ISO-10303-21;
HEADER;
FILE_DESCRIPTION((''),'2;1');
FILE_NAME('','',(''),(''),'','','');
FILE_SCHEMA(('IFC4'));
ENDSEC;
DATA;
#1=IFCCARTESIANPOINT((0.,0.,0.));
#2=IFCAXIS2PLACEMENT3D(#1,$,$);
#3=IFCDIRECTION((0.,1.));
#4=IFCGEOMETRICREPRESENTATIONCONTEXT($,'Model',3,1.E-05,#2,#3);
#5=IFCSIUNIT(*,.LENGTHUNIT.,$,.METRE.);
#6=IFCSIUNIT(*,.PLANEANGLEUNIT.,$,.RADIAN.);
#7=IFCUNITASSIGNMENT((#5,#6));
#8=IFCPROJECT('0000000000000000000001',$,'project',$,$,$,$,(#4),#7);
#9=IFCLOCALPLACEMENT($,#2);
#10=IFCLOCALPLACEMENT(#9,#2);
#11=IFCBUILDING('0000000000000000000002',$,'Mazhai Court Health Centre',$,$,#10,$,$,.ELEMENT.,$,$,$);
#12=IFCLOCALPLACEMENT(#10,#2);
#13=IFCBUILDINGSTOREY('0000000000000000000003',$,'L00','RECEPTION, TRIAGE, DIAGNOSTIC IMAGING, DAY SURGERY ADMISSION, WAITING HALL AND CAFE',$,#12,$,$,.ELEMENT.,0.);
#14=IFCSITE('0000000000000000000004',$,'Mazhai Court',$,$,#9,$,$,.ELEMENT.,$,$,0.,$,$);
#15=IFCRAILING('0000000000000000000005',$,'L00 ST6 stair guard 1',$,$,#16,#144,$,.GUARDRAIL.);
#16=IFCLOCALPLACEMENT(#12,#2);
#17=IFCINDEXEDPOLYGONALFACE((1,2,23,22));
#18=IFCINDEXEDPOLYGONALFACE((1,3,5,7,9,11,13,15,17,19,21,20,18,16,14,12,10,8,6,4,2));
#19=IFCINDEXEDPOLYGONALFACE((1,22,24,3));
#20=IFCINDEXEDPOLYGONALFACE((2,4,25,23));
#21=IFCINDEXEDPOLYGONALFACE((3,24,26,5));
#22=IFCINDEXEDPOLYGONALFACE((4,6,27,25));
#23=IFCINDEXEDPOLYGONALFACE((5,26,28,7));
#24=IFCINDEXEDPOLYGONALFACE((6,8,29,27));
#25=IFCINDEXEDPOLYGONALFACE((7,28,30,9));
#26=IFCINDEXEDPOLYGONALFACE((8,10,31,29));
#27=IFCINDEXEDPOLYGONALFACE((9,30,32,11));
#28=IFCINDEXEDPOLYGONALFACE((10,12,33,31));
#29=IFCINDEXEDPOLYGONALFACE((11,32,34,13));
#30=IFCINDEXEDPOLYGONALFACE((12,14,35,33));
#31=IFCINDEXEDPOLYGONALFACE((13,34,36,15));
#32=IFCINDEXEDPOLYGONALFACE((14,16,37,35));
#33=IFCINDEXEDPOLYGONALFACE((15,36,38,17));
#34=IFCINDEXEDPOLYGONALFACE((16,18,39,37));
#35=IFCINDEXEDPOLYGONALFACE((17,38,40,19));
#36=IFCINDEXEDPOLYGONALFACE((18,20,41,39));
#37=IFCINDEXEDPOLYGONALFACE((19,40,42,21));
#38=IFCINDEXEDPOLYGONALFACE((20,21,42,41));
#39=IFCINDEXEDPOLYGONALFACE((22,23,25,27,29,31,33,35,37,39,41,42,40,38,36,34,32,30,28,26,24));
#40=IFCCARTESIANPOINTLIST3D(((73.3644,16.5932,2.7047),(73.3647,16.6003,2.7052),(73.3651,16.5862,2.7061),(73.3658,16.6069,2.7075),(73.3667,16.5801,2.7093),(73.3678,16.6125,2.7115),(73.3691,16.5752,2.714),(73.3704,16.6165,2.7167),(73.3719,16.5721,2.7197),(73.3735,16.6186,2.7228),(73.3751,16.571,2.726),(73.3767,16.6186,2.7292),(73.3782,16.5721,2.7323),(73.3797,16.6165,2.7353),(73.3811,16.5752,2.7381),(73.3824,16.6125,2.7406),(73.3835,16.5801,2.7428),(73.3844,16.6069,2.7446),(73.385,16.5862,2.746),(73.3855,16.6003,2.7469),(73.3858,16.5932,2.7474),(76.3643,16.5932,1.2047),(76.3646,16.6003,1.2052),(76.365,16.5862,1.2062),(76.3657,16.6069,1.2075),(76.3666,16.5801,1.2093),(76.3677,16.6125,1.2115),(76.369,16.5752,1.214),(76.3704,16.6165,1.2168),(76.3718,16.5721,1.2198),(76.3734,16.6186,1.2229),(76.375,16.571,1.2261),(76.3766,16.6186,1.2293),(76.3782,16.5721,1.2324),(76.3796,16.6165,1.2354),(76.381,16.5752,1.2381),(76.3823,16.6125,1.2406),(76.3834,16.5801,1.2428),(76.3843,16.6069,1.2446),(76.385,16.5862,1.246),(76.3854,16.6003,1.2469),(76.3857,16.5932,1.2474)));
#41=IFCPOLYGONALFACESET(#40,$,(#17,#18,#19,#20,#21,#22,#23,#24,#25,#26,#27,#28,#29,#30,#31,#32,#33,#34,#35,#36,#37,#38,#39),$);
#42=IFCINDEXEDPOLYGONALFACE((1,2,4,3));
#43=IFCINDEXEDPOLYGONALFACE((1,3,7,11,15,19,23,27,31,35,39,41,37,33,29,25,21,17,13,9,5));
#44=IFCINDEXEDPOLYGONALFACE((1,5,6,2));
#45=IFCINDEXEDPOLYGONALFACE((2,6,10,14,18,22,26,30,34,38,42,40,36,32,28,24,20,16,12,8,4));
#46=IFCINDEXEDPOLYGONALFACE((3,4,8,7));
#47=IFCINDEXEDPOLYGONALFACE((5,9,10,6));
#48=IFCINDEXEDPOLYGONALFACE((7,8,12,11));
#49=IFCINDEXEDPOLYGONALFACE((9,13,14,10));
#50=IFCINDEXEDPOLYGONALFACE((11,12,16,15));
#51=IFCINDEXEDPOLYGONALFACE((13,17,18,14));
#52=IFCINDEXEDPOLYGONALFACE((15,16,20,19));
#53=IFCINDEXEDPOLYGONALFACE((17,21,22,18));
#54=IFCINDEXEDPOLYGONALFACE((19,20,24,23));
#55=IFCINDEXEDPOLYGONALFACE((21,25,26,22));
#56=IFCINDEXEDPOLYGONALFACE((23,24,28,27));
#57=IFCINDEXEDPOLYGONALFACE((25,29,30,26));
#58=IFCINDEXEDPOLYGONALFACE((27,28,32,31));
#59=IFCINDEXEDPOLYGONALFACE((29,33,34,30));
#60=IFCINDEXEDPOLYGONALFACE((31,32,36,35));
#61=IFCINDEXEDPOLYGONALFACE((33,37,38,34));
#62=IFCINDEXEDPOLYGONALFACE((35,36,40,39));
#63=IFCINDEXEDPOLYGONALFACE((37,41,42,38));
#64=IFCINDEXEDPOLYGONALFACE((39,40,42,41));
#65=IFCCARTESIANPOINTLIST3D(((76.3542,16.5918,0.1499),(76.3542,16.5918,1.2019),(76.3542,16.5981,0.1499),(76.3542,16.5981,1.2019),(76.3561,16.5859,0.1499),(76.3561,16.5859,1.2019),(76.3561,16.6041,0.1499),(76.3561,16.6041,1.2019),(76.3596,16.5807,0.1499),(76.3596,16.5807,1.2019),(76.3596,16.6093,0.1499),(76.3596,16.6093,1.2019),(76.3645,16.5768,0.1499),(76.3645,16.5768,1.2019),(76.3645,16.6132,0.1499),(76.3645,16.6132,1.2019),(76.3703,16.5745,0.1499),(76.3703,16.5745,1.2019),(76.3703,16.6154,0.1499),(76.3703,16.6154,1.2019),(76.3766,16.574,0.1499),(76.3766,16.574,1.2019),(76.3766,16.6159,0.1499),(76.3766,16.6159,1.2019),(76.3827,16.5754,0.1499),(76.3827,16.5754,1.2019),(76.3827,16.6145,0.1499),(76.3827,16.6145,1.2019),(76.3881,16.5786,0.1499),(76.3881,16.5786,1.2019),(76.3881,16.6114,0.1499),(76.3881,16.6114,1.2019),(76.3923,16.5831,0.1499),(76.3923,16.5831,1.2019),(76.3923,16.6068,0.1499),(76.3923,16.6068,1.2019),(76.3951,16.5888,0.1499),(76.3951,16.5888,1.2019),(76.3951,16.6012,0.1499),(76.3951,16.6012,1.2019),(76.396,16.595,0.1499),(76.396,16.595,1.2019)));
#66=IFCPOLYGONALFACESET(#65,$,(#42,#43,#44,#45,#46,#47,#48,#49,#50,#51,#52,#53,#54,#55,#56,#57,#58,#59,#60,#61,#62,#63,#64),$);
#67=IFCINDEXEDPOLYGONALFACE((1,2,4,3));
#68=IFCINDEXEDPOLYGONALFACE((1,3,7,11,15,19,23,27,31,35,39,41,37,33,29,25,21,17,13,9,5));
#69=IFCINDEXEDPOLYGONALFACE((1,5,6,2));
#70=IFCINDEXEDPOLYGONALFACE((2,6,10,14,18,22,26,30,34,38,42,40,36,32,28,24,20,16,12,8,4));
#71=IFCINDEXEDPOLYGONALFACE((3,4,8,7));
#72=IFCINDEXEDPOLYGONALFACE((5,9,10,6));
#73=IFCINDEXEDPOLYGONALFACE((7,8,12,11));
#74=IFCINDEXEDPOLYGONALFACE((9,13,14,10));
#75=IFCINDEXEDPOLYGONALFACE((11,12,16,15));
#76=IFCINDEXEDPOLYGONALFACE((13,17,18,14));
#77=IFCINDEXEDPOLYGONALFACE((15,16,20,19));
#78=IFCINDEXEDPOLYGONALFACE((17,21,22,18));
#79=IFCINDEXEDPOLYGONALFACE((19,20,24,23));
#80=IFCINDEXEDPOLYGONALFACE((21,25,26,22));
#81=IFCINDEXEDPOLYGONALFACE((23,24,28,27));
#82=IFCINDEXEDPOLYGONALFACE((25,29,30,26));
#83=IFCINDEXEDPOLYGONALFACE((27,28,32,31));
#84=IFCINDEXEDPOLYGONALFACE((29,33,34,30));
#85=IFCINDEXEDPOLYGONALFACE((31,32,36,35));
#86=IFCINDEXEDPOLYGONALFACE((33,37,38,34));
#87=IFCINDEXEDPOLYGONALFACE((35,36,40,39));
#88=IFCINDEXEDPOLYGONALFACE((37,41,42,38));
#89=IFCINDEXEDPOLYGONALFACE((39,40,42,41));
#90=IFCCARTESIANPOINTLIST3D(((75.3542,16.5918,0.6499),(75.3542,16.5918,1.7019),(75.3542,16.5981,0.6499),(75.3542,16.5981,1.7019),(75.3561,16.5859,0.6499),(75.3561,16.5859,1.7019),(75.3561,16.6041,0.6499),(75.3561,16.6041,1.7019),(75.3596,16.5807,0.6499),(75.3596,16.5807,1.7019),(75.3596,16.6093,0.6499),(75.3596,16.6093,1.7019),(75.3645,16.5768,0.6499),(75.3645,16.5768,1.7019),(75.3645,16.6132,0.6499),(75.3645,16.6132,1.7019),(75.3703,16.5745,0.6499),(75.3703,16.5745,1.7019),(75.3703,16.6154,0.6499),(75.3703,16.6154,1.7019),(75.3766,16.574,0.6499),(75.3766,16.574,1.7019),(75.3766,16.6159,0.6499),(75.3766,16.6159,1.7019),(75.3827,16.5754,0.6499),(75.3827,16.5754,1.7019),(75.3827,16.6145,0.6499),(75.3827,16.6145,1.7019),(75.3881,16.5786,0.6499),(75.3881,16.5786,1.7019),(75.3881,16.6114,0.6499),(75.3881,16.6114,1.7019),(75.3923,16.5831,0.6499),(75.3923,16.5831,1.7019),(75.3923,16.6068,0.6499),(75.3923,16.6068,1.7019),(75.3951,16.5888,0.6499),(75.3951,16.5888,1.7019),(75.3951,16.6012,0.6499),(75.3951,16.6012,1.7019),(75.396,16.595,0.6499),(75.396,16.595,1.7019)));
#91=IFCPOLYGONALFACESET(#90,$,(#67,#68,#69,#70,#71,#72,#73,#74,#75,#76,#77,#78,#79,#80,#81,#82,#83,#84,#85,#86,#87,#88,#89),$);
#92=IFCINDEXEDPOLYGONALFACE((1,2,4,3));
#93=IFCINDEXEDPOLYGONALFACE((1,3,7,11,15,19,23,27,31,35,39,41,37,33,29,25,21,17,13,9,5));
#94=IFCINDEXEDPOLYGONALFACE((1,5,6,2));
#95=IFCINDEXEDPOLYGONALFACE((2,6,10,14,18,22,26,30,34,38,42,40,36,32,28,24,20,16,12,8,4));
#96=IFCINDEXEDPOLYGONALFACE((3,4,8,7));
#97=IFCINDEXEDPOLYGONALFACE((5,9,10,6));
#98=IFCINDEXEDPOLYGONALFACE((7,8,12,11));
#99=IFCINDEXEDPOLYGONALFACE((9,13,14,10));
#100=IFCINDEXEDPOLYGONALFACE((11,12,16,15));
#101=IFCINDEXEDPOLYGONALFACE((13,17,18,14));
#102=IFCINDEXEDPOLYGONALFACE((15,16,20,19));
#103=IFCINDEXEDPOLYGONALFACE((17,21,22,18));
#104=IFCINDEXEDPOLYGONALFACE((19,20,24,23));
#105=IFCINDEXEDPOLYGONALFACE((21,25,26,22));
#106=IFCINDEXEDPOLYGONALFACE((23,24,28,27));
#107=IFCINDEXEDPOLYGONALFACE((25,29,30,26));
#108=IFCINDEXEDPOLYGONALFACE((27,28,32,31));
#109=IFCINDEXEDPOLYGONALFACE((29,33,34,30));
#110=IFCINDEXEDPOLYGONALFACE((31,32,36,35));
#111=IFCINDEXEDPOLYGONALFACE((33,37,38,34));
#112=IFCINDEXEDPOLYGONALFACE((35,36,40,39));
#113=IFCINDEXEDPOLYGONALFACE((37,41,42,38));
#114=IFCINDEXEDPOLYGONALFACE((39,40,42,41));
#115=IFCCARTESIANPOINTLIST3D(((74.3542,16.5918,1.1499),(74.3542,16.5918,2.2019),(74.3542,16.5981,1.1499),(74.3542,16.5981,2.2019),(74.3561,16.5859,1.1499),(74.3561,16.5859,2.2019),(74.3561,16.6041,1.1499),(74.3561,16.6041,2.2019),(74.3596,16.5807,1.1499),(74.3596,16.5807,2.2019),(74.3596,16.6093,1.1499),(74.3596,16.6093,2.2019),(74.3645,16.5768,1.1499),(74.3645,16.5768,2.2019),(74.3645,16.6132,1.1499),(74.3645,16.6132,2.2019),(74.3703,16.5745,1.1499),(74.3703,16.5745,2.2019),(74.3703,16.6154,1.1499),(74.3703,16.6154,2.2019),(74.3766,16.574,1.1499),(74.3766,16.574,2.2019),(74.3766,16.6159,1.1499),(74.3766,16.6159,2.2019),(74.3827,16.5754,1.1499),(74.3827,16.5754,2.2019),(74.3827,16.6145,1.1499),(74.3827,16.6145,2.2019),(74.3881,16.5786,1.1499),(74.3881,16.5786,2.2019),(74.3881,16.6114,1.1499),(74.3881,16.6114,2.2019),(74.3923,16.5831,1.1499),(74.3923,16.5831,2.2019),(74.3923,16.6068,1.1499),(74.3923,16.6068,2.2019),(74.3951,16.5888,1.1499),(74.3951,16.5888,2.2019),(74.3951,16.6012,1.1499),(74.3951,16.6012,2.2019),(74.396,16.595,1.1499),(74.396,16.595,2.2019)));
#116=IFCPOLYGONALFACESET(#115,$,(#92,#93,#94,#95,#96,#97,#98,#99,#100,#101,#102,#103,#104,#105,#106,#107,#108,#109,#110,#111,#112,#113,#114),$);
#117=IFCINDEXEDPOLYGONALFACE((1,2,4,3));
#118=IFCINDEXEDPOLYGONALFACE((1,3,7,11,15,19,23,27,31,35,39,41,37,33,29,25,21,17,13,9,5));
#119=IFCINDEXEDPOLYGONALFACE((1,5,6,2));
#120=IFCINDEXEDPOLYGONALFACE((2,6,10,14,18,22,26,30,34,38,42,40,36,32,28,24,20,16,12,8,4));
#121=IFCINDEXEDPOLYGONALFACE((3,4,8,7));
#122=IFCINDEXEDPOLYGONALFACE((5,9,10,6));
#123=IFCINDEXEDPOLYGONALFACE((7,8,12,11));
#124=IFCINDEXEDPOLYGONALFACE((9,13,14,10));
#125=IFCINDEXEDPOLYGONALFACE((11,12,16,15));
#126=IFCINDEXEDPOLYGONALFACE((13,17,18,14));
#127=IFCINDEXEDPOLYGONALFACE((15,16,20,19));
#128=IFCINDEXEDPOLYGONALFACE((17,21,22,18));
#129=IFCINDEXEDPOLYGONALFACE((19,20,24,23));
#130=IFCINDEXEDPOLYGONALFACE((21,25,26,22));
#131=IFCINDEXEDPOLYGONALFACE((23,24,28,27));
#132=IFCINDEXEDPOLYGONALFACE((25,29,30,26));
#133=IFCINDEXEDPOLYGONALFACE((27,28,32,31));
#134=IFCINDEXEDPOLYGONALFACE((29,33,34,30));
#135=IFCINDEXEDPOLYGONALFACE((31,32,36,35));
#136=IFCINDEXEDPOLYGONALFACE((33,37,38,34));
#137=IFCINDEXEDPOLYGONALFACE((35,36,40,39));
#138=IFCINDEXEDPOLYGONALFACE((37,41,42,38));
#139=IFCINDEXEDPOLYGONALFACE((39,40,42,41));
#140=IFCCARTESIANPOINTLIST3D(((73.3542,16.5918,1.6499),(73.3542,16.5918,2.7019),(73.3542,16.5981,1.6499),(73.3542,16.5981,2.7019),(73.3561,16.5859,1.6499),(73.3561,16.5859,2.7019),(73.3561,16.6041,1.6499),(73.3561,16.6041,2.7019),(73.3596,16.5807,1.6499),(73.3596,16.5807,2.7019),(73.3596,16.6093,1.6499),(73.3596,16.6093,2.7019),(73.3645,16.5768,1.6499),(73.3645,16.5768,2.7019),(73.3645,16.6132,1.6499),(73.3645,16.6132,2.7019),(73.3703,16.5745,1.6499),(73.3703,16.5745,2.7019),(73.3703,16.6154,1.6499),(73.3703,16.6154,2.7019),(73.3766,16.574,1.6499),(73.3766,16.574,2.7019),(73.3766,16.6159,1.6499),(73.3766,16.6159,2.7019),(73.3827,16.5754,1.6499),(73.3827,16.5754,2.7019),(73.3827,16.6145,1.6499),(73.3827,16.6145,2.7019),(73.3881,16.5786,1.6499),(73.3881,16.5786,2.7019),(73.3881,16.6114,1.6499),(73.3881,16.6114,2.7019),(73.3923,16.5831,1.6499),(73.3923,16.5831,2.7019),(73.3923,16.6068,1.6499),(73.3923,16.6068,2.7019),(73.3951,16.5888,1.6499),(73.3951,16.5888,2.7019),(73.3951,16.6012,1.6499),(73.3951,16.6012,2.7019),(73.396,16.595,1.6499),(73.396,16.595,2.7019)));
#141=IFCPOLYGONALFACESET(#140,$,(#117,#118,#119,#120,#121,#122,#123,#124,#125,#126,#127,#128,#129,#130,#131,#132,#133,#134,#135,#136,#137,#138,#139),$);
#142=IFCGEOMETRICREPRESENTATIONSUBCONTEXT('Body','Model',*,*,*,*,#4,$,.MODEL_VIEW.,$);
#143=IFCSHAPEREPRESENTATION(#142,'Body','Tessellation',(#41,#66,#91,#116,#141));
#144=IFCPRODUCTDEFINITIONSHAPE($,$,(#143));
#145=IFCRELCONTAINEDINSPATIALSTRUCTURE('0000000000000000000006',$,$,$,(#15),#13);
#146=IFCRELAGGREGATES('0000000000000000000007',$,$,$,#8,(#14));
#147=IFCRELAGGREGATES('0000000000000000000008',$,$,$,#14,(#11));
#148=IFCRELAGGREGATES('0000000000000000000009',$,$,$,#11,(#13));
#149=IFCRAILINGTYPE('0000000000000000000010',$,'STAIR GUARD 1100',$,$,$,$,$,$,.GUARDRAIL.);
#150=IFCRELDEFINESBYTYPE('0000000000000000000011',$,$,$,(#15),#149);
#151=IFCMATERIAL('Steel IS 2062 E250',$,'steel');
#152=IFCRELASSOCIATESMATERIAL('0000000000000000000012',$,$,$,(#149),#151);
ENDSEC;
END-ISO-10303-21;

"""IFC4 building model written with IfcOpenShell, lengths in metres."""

from ifc_helpers import new_model, si_unit, direction, frame, origin, origin_2d, place, context, subcontext, project, spatial, circle, extrude, material, type_object, element, save


model = new_model("IFC4")

# Units and contexts
model_context = context("Model", 3, precision=1e-05, world=origin(), true_north=direction((0.0, 1.0)))
body_context = subcontext(model_context, "Body", "Model", "MODEL_VIEW")
ifc_project = project(units=[si_unit("LENGTHUNIT", "METRE"), si_unit("PLANEANGLEUNIT", "RADIAN")], contexts=[model_context])

# Site, building, storey
site_placement = place(None, origin())
site = spatial("IfcSite", under=ifc_project, at=site_placement, Name="Mazhai Court", CompositionType="ELEMENT", RefElevation=0.0)
building_placement = place(site_placement, origin())
building = spatial("IfcBuilding", under=site, at=building_placement, Name="Mazhai Court Health Centre", CompositionType="ELEMENT")
storey_placement = place(building_placement, origin())
storey = spatial("IfcBuildingStorey", under=building, at=storey_placement, Name="L00", Description="RECEPTION, TRIAGE, DIAGNOSTIC IMAGING, DAY SURGERY ADMISSION, WAITING HALL AND CAFE", CompositionType="ELEMENT", Elevation=0.0)

# Railing
ifc_material_1 = material(Name="Steel IS 2062 E250", Category="steel")
railing_type_1 = type_object("IfcRailingType", Name="STAIR GUARD 1100", PredefinedType="GUARDRAIL", material=ifc_material_1)
railing_1_placement = place(storey_placement, frame((76.375, 16.595, 0.1499)))
element("IfcRailing", 1, at=railing_1_placement, inside=storey, type_object=railing_type_1, Name="L00 ST6 stair guard 1", PredefinedType="GUARDRAIL", context=body_context, shape_type="SweptSolid", body=[
    extrude(circle(Radius=0.0239, at=origin_2d()), frame((0.0, 0.0, 1.0762), z_axis=(-0.894427, 0.0, 0.447214), x_axis=(0.0, -1.0, 0.0)), (0.0, 0.0, 1.0), 3.354),
    extrude(circle(Radius=0.021, at=origin_2d()), origin(), (0.0, 0.0, 1.0), 1.052),
    extrude(circle(Radius=0.021, at=origin_2d()), frame((-1.0, 0.0, 0.5)), (0.0, 0.0, 1.0), 1.052),
    extrude(circle(Radius=0.021, at=origin_2d()), frame((-2.0, 0.0, 1.0)), (0.0, 0.0, 1.0), 1.052),
    extrude(circle(Radius=0.021, at=origin_2d()), frame((-3.0, 0.0, 1.5)), (0.0, 0.0, 1.0), 1.052),
])

save(model, "model.ifc")
